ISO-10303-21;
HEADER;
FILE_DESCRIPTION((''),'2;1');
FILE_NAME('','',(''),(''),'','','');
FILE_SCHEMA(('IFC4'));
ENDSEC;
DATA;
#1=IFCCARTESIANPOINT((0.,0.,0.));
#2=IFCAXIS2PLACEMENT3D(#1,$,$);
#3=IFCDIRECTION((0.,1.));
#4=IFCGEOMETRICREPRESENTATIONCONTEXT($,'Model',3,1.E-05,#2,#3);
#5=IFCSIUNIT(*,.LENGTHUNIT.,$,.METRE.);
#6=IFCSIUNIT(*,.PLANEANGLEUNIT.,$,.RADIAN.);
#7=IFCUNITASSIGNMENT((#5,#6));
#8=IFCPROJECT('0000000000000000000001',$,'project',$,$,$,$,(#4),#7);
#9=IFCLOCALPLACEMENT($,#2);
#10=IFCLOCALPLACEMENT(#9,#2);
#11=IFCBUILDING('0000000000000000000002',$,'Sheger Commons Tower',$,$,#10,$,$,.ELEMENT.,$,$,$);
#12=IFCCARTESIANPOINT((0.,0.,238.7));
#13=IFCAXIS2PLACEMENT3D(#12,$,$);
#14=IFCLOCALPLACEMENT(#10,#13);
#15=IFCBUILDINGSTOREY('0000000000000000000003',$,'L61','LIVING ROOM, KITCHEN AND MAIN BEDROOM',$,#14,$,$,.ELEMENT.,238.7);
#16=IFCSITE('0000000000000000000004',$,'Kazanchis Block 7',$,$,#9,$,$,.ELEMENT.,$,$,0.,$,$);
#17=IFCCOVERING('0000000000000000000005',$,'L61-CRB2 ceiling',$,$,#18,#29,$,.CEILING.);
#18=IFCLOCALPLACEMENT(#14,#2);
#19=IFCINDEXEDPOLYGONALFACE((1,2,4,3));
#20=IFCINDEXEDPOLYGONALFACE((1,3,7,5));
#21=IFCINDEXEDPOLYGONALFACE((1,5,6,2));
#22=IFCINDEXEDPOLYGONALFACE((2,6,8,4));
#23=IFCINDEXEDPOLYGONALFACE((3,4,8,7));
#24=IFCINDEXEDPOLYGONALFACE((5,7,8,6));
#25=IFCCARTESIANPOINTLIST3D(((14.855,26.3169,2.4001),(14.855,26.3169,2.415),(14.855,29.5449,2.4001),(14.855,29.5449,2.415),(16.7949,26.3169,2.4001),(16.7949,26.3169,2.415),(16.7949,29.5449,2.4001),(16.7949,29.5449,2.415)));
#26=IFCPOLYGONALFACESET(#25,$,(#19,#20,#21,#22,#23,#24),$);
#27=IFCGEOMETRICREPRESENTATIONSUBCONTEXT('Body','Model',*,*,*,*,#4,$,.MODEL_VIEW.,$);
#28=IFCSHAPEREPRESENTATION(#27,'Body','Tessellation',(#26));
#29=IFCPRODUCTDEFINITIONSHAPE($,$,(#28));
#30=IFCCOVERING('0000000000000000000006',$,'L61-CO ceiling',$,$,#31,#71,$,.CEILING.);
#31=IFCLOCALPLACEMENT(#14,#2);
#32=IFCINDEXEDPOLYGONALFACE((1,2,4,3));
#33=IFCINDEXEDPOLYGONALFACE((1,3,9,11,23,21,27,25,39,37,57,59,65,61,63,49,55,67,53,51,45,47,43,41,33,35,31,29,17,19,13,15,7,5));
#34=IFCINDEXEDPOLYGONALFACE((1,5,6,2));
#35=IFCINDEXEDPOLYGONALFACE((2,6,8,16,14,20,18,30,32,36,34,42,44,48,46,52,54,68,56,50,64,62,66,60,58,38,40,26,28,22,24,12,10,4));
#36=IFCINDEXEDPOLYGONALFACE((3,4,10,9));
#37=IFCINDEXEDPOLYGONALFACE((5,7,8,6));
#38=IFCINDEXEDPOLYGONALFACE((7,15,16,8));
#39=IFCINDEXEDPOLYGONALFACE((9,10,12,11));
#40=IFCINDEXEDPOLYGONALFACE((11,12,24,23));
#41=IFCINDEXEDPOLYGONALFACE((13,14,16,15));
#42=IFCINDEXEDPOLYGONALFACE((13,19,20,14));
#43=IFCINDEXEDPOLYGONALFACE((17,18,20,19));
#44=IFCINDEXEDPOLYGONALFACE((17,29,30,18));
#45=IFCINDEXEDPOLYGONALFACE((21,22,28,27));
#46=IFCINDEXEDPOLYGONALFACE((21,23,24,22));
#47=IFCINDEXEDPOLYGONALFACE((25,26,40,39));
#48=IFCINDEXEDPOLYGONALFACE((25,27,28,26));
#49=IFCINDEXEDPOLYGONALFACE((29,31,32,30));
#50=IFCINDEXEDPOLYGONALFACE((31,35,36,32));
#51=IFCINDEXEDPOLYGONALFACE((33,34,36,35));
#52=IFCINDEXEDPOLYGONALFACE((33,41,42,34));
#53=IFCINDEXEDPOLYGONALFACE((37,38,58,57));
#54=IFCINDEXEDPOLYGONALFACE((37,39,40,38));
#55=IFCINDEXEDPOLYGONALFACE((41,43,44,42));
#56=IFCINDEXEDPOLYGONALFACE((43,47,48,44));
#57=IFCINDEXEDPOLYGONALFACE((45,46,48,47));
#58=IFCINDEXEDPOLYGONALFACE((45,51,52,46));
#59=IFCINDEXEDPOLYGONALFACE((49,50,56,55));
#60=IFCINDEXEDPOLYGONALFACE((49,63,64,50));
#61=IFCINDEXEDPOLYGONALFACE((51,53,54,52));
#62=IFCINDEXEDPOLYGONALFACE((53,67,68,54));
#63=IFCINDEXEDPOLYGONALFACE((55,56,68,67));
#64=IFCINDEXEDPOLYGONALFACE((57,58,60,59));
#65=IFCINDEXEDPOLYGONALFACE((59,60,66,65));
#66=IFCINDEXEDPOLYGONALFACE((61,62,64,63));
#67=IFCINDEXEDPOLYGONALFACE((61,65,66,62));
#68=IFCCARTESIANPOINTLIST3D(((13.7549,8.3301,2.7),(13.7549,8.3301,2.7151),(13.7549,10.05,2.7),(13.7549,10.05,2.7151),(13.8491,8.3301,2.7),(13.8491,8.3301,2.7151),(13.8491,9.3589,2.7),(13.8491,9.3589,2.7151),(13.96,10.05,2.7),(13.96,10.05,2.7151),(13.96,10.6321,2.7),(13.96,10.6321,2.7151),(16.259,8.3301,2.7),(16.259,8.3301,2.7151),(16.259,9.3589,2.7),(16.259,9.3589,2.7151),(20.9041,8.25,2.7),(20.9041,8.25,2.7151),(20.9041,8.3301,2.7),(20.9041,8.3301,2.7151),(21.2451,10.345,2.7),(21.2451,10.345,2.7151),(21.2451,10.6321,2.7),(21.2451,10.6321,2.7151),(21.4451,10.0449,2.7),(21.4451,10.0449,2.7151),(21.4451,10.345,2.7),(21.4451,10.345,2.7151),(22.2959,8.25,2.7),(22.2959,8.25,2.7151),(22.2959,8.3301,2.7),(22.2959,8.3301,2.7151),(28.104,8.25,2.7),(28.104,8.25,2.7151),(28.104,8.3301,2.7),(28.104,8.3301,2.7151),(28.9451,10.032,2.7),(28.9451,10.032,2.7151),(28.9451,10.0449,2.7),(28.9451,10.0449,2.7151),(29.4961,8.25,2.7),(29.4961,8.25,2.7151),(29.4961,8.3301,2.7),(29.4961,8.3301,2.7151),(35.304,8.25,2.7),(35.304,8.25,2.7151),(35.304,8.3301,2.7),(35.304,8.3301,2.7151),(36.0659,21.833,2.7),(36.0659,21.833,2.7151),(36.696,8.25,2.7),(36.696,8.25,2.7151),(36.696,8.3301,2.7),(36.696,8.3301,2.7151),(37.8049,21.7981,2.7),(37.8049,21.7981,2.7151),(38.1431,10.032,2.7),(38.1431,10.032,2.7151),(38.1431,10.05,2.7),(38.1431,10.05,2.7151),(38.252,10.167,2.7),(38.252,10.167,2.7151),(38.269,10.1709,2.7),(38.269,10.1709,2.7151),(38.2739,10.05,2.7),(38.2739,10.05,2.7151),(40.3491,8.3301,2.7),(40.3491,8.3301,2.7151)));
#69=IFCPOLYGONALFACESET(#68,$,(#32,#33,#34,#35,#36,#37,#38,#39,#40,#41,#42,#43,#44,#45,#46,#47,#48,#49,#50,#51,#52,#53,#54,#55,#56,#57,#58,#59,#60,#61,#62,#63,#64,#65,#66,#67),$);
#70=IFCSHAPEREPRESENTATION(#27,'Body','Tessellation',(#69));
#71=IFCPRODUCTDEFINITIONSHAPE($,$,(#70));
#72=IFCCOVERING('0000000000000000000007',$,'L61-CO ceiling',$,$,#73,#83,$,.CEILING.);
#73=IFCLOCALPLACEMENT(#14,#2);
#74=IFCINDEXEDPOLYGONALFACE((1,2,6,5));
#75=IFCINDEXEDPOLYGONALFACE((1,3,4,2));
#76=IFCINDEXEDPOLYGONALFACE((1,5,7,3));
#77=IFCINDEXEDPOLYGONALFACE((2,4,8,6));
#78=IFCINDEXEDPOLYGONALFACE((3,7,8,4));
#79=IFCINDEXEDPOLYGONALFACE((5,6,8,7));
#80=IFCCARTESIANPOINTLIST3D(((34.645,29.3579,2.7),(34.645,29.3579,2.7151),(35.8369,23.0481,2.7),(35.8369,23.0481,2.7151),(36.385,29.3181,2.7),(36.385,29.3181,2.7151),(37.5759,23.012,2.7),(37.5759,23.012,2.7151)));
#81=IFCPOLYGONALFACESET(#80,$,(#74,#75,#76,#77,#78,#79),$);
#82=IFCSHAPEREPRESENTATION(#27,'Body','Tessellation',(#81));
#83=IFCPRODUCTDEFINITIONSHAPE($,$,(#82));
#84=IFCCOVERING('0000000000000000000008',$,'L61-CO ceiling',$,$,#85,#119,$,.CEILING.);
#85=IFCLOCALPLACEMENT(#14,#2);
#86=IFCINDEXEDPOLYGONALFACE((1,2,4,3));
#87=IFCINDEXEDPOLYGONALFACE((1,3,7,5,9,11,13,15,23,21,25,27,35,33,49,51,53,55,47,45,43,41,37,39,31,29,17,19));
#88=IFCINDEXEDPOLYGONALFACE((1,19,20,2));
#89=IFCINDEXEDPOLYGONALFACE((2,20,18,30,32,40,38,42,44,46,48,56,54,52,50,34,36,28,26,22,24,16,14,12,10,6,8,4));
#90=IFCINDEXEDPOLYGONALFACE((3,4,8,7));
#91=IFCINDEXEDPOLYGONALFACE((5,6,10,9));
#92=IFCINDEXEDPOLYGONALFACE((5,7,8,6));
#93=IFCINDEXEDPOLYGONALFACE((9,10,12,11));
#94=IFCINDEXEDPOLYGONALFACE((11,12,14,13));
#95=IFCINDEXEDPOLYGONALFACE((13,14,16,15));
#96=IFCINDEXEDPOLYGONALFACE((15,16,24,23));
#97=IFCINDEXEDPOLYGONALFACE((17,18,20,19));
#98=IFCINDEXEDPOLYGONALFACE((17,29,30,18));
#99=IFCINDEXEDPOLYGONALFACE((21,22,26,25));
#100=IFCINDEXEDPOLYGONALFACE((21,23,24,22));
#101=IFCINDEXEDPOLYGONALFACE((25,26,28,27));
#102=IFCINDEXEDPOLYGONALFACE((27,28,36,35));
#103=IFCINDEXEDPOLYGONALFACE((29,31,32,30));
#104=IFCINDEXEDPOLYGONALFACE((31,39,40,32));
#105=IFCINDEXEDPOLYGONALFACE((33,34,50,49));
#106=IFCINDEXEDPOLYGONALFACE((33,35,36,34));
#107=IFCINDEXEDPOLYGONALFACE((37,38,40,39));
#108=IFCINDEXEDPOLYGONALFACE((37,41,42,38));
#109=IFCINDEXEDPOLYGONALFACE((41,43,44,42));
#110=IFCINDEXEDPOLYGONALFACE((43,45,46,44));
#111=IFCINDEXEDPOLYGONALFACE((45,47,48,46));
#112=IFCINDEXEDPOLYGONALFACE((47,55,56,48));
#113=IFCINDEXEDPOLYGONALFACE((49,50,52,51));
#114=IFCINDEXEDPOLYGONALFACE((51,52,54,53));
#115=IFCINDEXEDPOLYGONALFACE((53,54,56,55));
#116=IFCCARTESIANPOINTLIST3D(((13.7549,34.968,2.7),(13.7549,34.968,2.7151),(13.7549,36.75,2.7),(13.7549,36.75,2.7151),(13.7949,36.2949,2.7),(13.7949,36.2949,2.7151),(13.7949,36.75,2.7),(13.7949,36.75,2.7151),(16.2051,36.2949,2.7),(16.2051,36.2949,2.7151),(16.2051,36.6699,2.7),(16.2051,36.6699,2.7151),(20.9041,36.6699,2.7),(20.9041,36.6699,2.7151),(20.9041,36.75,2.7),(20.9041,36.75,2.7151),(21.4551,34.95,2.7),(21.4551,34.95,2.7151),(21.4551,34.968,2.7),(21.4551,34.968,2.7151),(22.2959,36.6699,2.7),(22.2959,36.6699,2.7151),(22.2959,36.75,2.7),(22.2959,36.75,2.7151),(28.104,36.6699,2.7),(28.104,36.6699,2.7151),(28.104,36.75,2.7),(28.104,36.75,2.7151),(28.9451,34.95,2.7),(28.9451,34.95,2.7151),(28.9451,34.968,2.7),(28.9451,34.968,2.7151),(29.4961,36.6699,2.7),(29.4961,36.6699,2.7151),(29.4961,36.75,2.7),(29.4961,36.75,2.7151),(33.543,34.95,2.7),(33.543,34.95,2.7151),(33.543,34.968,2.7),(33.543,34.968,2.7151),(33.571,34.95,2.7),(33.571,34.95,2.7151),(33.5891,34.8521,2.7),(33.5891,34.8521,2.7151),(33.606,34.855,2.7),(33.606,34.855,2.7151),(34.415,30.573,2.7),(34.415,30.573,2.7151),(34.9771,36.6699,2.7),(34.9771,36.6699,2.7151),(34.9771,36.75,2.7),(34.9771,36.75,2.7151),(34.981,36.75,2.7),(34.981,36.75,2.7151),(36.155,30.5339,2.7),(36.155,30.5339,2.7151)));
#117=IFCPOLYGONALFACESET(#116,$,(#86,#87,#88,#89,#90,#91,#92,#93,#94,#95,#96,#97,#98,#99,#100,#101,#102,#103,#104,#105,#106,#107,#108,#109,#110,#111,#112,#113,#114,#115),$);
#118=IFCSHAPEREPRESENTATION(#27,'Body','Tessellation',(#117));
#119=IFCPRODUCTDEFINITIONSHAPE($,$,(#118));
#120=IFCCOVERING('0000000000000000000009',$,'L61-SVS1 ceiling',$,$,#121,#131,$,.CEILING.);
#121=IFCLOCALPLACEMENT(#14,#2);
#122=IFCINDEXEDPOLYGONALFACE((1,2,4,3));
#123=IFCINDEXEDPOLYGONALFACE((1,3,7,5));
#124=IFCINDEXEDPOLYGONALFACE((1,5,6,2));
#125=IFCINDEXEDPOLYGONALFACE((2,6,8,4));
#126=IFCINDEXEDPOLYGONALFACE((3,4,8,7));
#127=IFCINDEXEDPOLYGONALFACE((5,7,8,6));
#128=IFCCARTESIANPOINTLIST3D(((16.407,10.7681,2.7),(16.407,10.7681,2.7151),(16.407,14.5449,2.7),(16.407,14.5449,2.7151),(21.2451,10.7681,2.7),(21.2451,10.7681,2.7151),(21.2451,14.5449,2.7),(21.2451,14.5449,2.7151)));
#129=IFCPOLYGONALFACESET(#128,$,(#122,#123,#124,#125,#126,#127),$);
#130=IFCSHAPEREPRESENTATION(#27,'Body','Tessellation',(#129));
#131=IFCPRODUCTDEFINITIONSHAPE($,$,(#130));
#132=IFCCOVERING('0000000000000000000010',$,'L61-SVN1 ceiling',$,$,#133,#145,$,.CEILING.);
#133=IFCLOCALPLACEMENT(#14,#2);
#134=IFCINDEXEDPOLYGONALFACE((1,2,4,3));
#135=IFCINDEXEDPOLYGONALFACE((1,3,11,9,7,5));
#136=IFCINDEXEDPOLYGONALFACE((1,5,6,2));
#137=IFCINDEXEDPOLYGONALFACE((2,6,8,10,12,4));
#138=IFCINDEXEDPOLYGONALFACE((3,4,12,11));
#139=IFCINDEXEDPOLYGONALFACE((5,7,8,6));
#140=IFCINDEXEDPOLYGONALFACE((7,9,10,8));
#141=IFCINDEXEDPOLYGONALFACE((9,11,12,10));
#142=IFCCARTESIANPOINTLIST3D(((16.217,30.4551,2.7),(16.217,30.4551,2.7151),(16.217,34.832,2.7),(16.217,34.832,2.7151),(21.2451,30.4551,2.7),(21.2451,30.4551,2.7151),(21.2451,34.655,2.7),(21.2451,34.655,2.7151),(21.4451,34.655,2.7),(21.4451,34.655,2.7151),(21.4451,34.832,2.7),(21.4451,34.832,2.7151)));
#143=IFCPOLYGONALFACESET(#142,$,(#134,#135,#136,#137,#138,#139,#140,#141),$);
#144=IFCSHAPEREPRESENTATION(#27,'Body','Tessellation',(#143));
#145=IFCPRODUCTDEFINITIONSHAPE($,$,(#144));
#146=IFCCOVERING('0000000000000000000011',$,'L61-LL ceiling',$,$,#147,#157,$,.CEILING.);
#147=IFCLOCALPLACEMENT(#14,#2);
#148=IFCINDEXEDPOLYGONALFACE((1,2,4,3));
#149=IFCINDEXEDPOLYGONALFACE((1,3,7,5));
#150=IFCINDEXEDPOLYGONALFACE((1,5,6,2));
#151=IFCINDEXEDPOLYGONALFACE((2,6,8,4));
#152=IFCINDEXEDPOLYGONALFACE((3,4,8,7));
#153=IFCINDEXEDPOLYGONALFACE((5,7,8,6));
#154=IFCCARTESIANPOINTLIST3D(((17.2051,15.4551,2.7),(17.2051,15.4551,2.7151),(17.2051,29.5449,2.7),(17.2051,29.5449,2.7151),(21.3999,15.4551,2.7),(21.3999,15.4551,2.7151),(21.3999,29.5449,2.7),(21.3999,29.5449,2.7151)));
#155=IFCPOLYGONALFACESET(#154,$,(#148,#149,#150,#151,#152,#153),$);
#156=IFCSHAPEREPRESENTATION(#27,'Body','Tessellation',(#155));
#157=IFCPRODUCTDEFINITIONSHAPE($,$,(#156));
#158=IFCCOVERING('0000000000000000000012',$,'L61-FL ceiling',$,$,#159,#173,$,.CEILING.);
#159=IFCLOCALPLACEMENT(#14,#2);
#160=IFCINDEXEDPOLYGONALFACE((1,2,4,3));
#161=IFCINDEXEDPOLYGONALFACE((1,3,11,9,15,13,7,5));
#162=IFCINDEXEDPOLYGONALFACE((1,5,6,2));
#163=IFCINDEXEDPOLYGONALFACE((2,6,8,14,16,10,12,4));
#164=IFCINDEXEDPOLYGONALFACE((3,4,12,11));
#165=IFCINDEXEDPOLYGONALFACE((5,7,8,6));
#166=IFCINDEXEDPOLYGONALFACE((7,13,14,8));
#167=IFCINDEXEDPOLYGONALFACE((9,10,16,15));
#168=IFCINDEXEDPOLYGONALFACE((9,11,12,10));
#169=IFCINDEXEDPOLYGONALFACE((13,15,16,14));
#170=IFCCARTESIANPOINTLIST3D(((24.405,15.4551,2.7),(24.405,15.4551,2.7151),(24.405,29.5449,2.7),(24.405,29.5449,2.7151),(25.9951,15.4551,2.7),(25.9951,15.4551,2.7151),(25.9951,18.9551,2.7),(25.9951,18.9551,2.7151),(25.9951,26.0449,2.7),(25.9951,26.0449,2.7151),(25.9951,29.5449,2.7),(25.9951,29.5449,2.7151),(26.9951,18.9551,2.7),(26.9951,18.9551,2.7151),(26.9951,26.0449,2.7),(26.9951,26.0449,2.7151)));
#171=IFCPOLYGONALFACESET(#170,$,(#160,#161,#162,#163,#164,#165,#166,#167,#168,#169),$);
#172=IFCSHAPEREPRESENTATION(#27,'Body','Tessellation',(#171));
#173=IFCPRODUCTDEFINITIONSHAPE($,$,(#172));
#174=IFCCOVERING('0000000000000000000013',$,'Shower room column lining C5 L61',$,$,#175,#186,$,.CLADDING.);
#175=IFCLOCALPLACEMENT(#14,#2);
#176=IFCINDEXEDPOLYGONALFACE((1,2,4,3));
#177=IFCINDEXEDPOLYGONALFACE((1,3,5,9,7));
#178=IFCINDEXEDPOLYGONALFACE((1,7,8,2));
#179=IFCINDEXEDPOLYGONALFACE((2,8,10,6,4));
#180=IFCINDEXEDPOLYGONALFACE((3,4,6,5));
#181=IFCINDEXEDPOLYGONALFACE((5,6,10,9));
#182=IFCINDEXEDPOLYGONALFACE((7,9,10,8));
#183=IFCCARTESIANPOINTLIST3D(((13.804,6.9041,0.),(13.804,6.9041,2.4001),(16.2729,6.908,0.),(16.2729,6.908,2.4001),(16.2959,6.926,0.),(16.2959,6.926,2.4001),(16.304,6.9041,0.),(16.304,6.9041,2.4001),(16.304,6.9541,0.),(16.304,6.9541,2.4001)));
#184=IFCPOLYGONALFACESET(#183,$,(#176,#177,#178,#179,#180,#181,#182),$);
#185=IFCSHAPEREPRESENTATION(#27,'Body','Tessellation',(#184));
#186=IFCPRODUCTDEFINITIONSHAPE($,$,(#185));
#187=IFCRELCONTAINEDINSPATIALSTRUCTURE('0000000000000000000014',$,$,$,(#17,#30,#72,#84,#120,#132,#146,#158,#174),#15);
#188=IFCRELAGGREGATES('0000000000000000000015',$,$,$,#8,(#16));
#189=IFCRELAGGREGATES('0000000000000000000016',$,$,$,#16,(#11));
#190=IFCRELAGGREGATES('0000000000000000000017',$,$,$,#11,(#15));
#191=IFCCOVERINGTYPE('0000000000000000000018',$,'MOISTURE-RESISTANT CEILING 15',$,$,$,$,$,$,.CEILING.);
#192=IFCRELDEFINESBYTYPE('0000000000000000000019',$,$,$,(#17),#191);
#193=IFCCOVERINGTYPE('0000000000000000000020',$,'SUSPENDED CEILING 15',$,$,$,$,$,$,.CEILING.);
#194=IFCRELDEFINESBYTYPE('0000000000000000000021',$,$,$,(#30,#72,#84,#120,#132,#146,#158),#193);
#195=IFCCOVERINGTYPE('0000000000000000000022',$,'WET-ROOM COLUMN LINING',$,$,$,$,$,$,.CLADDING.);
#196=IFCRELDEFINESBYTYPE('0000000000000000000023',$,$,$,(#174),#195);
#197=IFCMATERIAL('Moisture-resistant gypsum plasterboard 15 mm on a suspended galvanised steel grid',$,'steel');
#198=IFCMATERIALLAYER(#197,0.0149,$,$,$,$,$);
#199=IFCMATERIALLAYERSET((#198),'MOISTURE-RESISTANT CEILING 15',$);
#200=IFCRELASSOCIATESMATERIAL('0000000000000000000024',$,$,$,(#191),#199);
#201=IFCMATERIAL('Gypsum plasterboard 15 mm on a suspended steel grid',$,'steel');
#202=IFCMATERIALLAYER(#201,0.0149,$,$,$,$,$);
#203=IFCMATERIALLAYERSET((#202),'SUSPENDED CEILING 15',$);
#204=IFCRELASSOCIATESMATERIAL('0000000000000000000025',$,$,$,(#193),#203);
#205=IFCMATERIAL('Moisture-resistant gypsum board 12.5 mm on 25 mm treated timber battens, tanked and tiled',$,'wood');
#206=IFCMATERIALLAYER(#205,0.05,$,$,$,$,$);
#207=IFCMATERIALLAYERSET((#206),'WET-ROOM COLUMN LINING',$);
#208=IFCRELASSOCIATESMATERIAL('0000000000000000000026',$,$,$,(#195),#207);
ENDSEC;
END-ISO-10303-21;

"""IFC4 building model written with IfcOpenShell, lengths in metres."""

from ifc_helpers import new_model, si_unit, direction, frame, origin, place, context, subcontext, project, spatial, polyline, outline, extrude, material, layer, layer_set, type_object, element, save


model = new_model("IFC4")

# Units and contexts
model_context = context("Model", 3, precision=1e-05, world=origin(), true_north=direction((0.0, 1.0)))
body_context = subcontext(model_context, "Body", "Model", "MODEL_VIEW")
ifc_project = project(units=[si_unit("LENGTHUNIT", "METRE"), si_unit("PLANEANGLEUNIT", "RADIAN")], contexts=[model_context])

# Site, building, storey
site_placement = place(None, origin())
site = spatial("IfcSite", under=ifc_project, at=site_placement, Name="Kazanchis Block 7", CompositionType="ELEMENT", RefElevation=0.0)
building_placement = place(site_placement, origin())
building = spatial("IfcBuilding", under=site, at=building_placement, Name="Sheger Commons Tower", CompositionType="ELEMENT")
storey_placement = place(building_placement, frame((0.0, 0.0, 238.7)))
storey = spatial("IfcBuildingStorey", under=building, at=storey_placement, Name="L61", Description="LIVING ROOM, KITCHEN AND MAIN BEDROOM", CompositionType="ELEMENT", Elevation=238.7)

# Coverings
ifc_material_1 = material(Name="Moisture-resistant gypsum plasterboard 15 mm on a suspended galvanised steel grid", Category="steel")
ifc_layer_1 = layer(ifc_material_1, 0.0149)
ifc_layer_set_1 = layer_set([ifc_layer_1], Name="MOISTURE-RESISTANT CEILING 15")
covering_type_1 = type_object("IfcCoveringType", Name="MOISTURE-RESISTANT CEILING 15", PredefinedType="CEILING", material=ifc_layer_set_1)
covering_1_placement = place(storey_placement, frame((0.0, 0.0, 2.4001)))
element("IfcCovering", 1, at=covering_1_placement, inside=storey, type_object=covering_type_1, Name="L61-CRB2 ceiling", PredefinedType="CEILING", context=body_context, shape_type="SweptSolid", body=[
    extrude(outline(polyline([(14.855, 26.3169), (16.7949, 26.3169), (16.7949, 29.5449), (14.855, 29.5449), (14.855, 26.3169)])), origin(), (0.0, 0.0, 1.0), 0.0149),
])
ifc_material_2 = material(Name="Gypsum plasterboard 15 mm on a suspended steel grid", Category="steel")
ifc_layer_2 = layer(ifc_material_2, 0.0149)
ifc_layer_set_2 = layer_set([ifc_layer_2], Name="SUSPENDED CEILING 15")
covering_type_2 = type_object("IfcCoveringType", Name="SUSPENDED CEILING 15", PredefinedType="CEILING", material=ifc_layer_set_2)
covering_2_placement = place(storey_placement, frame((0.0, 0.0, 2.7)))
element("IfcCovering", 2, at=covering_2_placement, inside=storey, type_object=covering_type_2, Name="L61-CO ceiling", PredefinedType="CEILING", context=body_context, shape_type="SweptSolid", body=[
    extrude(outline(polyline([(20.9041, 8.25), (22.2959, 8.25), (22.2959, 8.3301), (28.104, 8.3301), (28.104, 8.25), (29.4961, 8.25), (29.4961, 8.3301), (35.304, 8.3301), (35.304, 8.25), (36.696, 8.25), (36.696, 8.3301), (40.3491, 8.3301), (37.8049, 21.7981), (36.0659, 21.833), (38.269, 10.1709), (38.252, 10.167), (38.2739, 10.05), (38.1431, 10.05), (38.1431, 10.032), (28.9451, 10.032), (28.9451, 10.0449), (21.4451, 10.0449), (21.4451, 10.345), (21.2451, 10.345), (21.2451, 10.6321), (13.96, 10.6321), (13.96, 10.05), (13.7549, 10.05), (13.7549, 8.3301), (13.8491, 8.3301), (13.8491, 9.3589), (16.259, 9.3589), (16.259, 8.3301), (20.9041, 8.3301), (20.9041, 8.25)])), origin(), (0.0, 0.0, 1.0), 0.0151),
])
covering_3_placement = place(storey_placement, frame((0.0, 0.0, 2.7)))
element("IfcCovering", 3, at=covering_3_placement, inside=storey, type_object=covering_type_2, Name="L61-CO ceiling", PredefinedType="CEILING", context=body_context, shape_type="SweptSolid", body=[
    extrude(outline(polyline([(37.5759, 23.012), (36.385, 29.3181), (34.645, 29.3579), (35.8369, 23.0481), (37.5759, 23.012)])), origin(), (0.0, 0.0, 1.0), 0.0151),
])
covering_4_placement = place(storey_placement, frame((0.0, 0.0, 2.7)))
element("IfcCovering", 4, at=covering_4_placement, inside=storey, type_object=covering_type_2, Name="L61-CO ceiling", PredefinedType="CEILING", context=body_context, shape_type="SweptSolid", body=[
    extrude(outline(polyline([(36.155, 30.5339), (34.981, 36.75), (34.9771, 36.75), (34.9771, 36.6699), (29.4961, 36.6699), (29.4961, 36.75), (28.104, 36.75), (28.104, 36.6699), (22.2959, 36.6699), (22.2959, 36.75), (20.9041, 36.75), (20.9041, 36.6699), (16.2051, 36.6699), (16.2051, 36.2949), (13.7949, 36.2949), (13.7949, 36.75), (13.7549, 36.75), (13.7549, 34.968), (21.4551, 34.968), (21.4551, 34.95), (28.9451, 34.95), (28.9451, 34.968), (33.543, 34.968), (33.543, 34.95), (33.571, 34.95), (33.5891, 34.8521), (33.606, 34.855), (34.415, 30.573), (36.155, 30.5339)])), origin(), (0.0, 0.0, 1.0), 0.0151),
])
covering_5_placement = place(storey_placement, frame((0.0, 0.0, 2.7)))
element("IfcCovering", 5, at=covering_5_placement, inside=storey, type_object=covering_type_2, Name="L61-SVS1 ceiling", PredefinedType="CEILING", context=body_context, shape_type="SweptSolid", body=[
    extrude(outline(polyline([(16.407, 10.7681), (21.2451, 10.7681), (21.2451, 14.5449), (16.407, 14.5449), (16.407, 10.7681)])), origin(), (0.0, 0.0, 1.0), 0.0151),
])
covering_6_placement = place(storey_placement, frame((0.0, 0.0, 2.7)))
element("IfcCovering", 6, at=covering_6_placement, inside=storey, type_object=covering_type_2, Name="L61-SVN1 ceiling", PredefinedType="CEILING", context=body_context, shape_type="SweptSolid", body=[
    extrude(outline(polyline([(16.217, 30.4551), (21.2451, 30.4551), (21.2451, 34.655), (21.4451, 34.655), (21.4451, 34.832), (16.217, 34.832), (16.217, 30.4551)])), origin(), (0.0, 0.0, 1.0), 0.0151),
])
covering_7_placement = place(storey_placement, frame((0.0, 0.0, 2.7)))
element("IfcCovering", 7, at=covering_7_placement, inside=storey, type_object=covering_type_2, Name="L61-LL ceiling", PredefinedType="CEILING", context=body_context, shape_type="SweptSolid", body=[
    extrude(outline(polyline([(17.2051, 15.4551), (21.3999, 15.4551), (21.3999, 29.5449), (17.2051, 29.5449), (17.2051, 15.4551)])), origin(), (0.0, 0.0, 1.0), 0.0151),
])
covering_8_placement = place(storey_placement, frame((0.0, 0.0, 2.7)))
element("IfcCovering", 8, at=covering_8_placement, inside=storey, type_object=covering_type_2, Name="L61-FL ceiling", PredefinedType="CEILING", context=body_context, shape_type="SweptSolid", body=[
    extrude(outline(polyline([(24.405, 15.4551), (25.9951, 15.4551), (25.9951, 18.9551), (26.9951, 18.9551), (26.9951, 26.0449), (25.9951, 26.0449), (25.9951, 29.5449), (24.405, 29.5449), (24.405, 15.4551)])), origin(), (0.0, 0.0, 1.0), 0.0151),
])
ifc_material_3 = material(Name="Moisture-resistant gypsum board 12.5 mm on 25 mm treated timber battens, tanked and tiled", Category="wood")
ifc_layer_3 = layer(ifc_material_3, 0.05)
ifc_layer_set_3 = layer_set([ifc_layer_3], Name="WET-ROOM COLUMN LINING")
covering_type_3 = type_object("IfcCoveringType", Name="WET-ROOM COLUMN LINING", PredefinedType="CLADDING", material=ifc_layer_set_3)
covering_9_placement = place(storey_placement, origin())
element("IfcCovering", 9, at=covering_9_placement, inside=storey, type_object=covering_type_3, Name="Shower room column lining C5 L61", PredefinedType="CLADDING", context=body_context, shape_type="SweptSolid", body=[
    extrude(outline(polyline([(16.2729, 6.908), (16.2959, 6.926), (16.304, 6.9541), (16.304, 8.175), (16.304, 6.9041), (13.804, 6.9041), (16.2729, 6.908)])), origin(), (0.0, 0.0, 1.0), 2.4001),
])

save(model, "model.ifc")
